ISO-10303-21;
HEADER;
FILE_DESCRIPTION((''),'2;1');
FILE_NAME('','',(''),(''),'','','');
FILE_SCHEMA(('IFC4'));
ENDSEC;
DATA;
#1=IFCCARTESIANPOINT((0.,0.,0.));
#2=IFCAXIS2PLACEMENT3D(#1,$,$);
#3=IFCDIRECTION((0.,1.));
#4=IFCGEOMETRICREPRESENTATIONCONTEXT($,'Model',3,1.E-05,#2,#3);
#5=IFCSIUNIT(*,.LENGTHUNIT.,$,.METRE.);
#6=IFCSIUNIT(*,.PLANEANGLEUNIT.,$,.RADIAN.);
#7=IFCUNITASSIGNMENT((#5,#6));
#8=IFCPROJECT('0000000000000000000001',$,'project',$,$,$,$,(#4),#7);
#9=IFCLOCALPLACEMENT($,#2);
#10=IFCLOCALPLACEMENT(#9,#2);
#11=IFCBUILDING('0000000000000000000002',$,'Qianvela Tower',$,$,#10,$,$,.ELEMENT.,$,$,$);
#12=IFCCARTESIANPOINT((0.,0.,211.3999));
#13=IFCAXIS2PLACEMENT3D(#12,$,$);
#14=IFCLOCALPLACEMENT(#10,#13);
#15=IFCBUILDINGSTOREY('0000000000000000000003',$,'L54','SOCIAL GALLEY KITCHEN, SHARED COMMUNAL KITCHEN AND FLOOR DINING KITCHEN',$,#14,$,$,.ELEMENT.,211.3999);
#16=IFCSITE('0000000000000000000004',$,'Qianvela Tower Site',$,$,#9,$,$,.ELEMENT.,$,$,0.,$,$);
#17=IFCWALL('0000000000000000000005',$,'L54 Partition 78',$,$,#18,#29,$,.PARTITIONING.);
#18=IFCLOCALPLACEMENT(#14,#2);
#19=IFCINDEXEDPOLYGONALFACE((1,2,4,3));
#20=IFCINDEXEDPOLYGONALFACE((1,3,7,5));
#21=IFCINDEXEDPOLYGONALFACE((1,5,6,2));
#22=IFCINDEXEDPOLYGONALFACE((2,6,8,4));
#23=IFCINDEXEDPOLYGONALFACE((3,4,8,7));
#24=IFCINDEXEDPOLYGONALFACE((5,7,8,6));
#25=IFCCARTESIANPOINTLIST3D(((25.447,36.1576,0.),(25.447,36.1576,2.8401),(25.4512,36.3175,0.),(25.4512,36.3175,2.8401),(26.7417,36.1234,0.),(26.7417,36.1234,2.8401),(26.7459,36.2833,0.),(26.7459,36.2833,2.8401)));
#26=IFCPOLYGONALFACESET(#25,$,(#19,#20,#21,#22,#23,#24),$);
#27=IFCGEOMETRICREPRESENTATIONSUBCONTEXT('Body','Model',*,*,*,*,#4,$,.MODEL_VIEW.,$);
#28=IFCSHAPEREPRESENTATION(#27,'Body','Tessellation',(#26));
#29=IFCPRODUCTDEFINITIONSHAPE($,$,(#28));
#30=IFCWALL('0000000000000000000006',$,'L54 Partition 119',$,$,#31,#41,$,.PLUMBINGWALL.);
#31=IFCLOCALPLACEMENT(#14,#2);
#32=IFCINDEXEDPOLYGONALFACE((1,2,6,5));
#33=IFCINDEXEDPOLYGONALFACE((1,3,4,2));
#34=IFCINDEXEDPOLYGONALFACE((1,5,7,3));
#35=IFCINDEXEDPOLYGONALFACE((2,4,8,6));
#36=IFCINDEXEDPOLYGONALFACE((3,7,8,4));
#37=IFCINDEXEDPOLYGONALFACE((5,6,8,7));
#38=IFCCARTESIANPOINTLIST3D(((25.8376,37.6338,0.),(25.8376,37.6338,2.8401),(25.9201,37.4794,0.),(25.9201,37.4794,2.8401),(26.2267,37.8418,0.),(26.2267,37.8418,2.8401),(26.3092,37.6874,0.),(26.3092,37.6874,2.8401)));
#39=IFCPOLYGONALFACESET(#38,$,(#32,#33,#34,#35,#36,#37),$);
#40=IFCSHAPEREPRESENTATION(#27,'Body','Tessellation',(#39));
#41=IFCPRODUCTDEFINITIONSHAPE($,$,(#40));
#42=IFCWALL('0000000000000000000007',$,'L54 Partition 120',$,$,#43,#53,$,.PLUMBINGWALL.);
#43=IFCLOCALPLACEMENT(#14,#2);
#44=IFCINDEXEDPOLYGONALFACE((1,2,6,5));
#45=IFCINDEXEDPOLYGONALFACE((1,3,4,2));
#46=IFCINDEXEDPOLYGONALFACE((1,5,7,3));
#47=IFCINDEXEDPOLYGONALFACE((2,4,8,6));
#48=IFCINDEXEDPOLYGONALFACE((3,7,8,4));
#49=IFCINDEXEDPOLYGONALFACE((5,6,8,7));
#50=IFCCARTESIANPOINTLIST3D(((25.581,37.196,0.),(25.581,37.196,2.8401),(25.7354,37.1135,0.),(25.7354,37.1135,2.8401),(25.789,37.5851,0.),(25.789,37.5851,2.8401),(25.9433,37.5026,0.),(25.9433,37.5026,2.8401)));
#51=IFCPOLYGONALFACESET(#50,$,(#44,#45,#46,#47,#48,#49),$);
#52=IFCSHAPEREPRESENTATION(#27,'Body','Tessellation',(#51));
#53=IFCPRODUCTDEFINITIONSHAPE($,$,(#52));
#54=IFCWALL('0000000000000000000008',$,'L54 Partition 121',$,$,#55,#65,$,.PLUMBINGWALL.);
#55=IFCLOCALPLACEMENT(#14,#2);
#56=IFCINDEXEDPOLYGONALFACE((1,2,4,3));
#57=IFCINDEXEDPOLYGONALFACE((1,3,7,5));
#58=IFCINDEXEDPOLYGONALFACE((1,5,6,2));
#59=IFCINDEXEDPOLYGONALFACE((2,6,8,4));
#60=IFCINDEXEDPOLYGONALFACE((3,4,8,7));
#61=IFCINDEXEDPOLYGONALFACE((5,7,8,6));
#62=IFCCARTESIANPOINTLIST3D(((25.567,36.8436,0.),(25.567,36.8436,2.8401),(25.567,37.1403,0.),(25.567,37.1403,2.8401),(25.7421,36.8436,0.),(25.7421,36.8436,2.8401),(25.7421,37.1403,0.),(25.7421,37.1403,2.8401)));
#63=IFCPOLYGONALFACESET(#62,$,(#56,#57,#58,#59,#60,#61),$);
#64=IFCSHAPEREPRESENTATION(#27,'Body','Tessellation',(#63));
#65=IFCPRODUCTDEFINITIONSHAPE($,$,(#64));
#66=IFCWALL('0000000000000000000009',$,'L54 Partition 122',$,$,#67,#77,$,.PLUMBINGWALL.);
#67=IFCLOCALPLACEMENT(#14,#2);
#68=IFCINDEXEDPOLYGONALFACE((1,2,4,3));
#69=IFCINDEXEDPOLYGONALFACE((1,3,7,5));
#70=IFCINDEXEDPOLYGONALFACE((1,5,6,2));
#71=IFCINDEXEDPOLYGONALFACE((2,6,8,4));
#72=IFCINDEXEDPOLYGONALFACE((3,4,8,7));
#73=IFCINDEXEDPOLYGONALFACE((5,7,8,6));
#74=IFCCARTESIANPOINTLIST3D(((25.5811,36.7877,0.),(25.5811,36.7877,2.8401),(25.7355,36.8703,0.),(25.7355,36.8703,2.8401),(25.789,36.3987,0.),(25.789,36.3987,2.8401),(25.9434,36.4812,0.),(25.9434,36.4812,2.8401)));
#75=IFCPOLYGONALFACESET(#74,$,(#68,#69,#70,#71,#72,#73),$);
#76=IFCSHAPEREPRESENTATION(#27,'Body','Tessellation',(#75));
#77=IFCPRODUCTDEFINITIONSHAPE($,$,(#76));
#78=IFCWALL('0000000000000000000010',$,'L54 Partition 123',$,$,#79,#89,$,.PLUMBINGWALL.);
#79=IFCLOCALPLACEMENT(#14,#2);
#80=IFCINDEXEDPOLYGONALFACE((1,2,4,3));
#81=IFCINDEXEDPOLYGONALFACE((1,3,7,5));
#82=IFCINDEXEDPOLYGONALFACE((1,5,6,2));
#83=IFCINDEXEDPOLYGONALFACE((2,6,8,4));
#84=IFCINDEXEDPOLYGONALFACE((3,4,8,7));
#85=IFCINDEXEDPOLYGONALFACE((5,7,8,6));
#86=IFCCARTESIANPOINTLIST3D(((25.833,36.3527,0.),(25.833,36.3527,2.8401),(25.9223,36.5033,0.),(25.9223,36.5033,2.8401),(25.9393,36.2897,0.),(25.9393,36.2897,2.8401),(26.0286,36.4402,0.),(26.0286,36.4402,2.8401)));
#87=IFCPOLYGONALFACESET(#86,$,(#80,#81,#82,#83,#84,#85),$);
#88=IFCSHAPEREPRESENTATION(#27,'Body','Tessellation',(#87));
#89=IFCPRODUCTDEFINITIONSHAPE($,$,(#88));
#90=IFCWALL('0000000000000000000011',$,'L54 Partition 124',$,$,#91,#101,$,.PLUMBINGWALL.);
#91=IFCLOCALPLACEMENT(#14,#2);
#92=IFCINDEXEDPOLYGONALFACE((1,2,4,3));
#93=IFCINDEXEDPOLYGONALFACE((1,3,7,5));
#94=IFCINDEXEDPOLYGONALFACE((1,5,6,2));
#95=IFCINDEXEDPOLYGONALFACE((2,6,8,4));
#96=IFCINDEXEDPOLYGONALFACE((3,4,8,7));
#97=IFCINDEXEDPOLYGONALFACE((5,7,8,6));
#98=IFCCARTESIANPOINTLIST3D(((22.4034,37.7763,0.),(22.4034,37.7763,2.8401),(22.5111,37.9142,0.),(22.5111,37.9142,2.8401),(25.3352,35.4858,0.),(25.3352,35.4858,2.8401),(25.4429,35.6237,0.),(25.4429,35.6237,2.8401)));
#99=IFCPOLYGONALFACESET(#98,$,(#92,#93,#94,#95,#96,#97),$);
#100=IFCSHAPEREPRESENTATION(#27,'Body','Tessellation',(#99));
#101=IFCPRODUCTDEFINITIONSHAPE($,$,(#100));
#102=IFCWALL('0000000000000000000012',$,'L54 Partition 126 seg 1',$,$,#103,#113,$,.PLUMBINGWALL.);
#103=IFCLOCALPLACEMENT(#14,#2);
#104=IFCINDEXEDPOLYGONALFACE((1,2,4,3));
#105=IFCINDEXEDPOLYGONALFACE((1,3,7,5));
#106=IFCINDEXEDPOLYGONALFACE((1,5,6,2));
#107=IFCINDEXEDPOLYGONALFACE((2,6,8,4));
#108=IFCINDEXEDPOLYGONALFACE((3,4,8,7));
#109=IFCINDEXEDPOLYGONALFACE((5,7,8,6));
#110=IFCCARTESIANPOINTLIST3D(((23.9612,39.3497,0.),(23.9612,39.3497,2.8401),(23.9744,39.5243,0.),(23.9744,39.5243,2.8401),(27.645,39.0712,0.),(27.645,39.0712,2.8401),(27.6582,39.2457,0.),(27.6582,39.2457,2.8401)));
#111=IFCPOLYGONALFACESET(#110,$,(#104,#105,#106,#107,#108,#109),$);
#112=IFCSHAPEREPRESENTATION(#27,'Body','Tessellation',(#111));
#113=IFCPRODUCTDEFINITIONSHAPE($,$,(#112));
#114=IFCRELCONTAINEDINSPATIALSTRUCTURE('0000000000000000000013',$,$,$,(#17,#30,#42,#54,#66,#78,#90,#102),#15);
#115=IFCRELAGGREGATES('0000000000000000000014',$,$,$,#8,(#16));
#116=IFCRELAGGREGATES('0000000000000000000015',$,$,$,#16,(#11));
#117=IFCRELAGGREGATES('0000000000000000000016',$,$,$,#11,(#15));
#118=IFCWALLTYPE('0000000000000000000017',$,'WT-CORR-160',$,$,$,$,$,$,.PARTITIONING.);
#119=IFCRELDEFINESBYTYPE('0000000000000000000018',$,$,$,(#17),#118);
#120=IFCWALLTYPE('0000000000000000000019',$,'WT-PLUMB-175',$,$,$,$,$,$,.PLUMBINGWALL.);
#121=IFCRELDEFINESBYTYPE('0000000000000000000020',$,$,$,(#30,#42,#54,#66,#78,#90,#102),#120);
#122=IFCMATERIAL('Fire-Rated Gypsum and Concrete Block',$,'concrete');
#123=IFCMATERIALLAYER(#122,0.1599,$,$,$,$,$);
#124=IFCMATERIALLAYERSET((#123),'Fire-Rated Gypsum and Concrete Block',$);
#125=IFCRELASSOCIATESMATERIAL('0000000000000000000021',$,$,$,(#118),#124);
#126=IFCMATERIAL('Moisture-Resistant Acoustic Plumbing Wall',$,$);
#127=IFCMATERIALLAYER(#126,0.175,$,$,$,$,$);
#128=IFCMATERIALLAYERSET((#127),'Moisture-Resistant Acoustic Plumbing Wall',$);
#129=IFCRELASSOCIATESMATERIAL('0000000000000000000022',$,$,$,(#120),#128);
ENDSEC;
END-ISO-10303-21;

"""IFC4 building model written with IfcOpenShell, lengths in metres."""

from ifc_helpers import new_model, si_unit, direction, frame, frame_2d, origin, place, context, subcontext, project, spatial, rectangle, extrude, material, layer, layer_set, type_object, element, save


model = new_model("IFC4")

# Units and contexts
model_context = context("Model", 3, precision=1e-05, world=origin(), true_north=direction((0.0, 1.0)))
body_context = subcontext(model_context, "Body", "Model", "MODEL_VIEW")
ifc_project = project(units=[si_unit("LENGTHUNIT", "METRE"), si_unit("PLANEANGLEUNIT", "RADIAN")], contexts=[model_context])

# Site, building, storey
site_placement = place(None, origin())
site = spatial("IfcSite", under=ifc_project, at=site_placement, Name="Qianvela Tower Site", CompositionType="ELEMENT", RefElevation=0.0)
building_placement = place(site_placement, origin())
building = spatial("IfcBuilding", under=site, at=building_placement, Name="Qianvela Tower", CompositionType="ELEMENT")
storey_placement = place(building_placement, frame((0.0, 0.0, 211.3999)))
storey = spatial("IfcBuildingStorey", under=building, at=storey_placement, Name="L54", Description="SOCIAL GALLEY KITCHEN, SHARED COMMUNAL KITCHEN AND FLOOR DINING KITCHEN", CompositionType="ELEMENT", Elevation=211.3999)

# Walls
ifc_material_1 = material(Name="Fire-Rated Gypsum and Concrete Block", Category="concrete")
ifc_layer_1 = layer(ifc_material_1, 0.1599)
ifc_layer_set_1 = layer_set([ifc_layer_1], Name="Fire-Rated Gypsum and Concrete Block")
wall_type_1 = type_object("IfcWallType", Name="WT-CORR-160", PredefinedType="PARTITIONING", material=ifc_layer_set_1)
wall_1_placement = place(storey_placement, frame((25.4492, 36.2375, 0.0), z_axis=(0.0, 0.0, 1.0), x_axis=(0.999652, -0.026391, 0.0)))
element("IfcWall", 1, at=wall_1_placement, inside=storey, type_object=wall_type_1, Name="L54 Partition 78", PredefinedType="PARTITIONING", context=body_context, shape_type="SweptSolid", body=[
    extrude(rectangle(XDim=1.2952, YDim=0.1599, at=frame_2d((0.6475, 0.0))), origin(), (0.0, 0.0, 1.0), 2.8401),
])
ifc_material_2 = material(Name="Moisture-Resistant Acoustic Plumbing Wall")
ifc_layer_2 = layer(ifc_material_2, 0.175)
ifc_layer_set_2 = layer_set([ifc_layer_2], Name="Moisture-Resistant Acoustic Plumbing Wall")
wall_type_2 = type_object("IfcWallType", Name="WT-PLUMB-175", PredefinedType="PLUMBINGWALL", material=ifc_layer_set_2)
for number, where, z_axis, x_axis, name in (
    (2, (26.2681, 37.7646, 0.0), (0.0, 0.0, 1.0), (-0.881924, -0.471392, 0.0), "L54 Partition 119"),
    (3, (25.8662, 37.5439, 0.0), (0.0, 0.0, 1.0), (-0.471392, -0.881924, 0.0), "L54 Partition 120"),
):
    element("IfcWall", number, at=place(storey_placement, frame(where, z_axis=z_axis, x_axis=x_axis)), inside=storey, type_object=wall_type_2, Name=name, PredefinedType="PLUMBINGWALL", context=body_context, shape_type="SweptSolid", body=[
        extrude(rectangle(XDim=0.4412, YDim=0.175, at=frame_2d((0.2207, 0.0))), origin(), (0.0, 0.0, 1.0), 2.8401),
    ])
wall_2_placement = place(storey_placement, frame((25.6545, 37.1404, 0.0), z_axis=(0.0, 0.0, 1.0), x_axis=(0.0, -1.0, 0.0)))
element("IfcWall", 4, at=wall_2_placement, inside=storey, type_object=wall_type_2, Name="L54 Partition 121", PredefinedType="PLUMBINGWALL", context=body_context, shape_type="SweptSolid", body=[
    extrude(rectangle(XDim=0.2966, YDim=0.175, at=frame_2d((0.1484, 0.0))), origin(), (0.0, 0.0, 1.0), 2.8401),
])
wall_3_placement = place(storey_placement, frame((25.6582, 36.8291, 0.0), z_axis=(0.0, 0.0, 1.0), x_axis=(0.471392, -0.881924, 0.0)))
element("IfcWall", 5, at=wall_3_placement, inside=storey, type_object=wall_type_2, Name="L54 Partition 122", PredefinedType="PLUMBINGWALL", context=body_context, shape_type="SweptSolid", body=[
    extrude(rectangle(XDim=0.4412, YDim=0.175, at=frame_2d((0.2207, 0.0))), origin(), (0.0, 0.0, 1.0), 2.8401),
])
wall_4_placement = place(storey_placement, frame((25.8777, 36.428, 0.0), z_axis=(0.0, 0.0, 1.0), x_axis=(0.860099, -0.510128, 0.0)))
element("IfcWall", 6, at=wall_4_placement, inside=storey, type_object=wall_type_2, Name="L54 Partition 123", PredefinedType="PLUMBINGWALL", context=body_context, shape_type="SweptSolid", body=[
    extrude(rectangle(XDim=0.1235, YDim=0.175, at=frame_2d((0.0618, 0.0))), origin(), (0.0, 0.0, 1.0), 2.8401),
])
wall_5_placement = place(storey_placement, frame((25.3892, 35.5547, 0.0), z_axis=(0.0, 0.0, 1.0), x_axis=(-0.788025, 0.615643, 0.0)))
element("IfcWall", 7, at=wall_5_placement, inside=storey, type_object=wall_type_2, Name="L54 Partition 124", PredefinedType="PLUMBINGWALL", context=body_context, shape_type="SweptSolid", body=[
    extrude(rectangle(XDim=3.7205, YDim=0.175, at=frame_2d((1.8604, 0.0))), origin(), (0.0, 0.0, 1.0), 2.8401),
])
wall_6_placement = place(storey_placement, frame((23.9678, 39.437, 0.0), z_axis=(0.0, 0.0, 1.0), x_axis=(0.997153, -0.075403, 0.0)))
element("IfcWall", 8, at=wall_6_placement, inside=storey, type_object=wall_type_2, Name="L54 Partition 126 seg 1", PredefinedType="PLUMBINGWALL", context=body_context, shape_type="SweptSolid", body=[
    extrude(rectangle(XDim=3.6943, YDim=0.175, at=frame_2d((1.8472, 0.0))), origin(), (0.0, 0.0, 1.0), 2.8401),
])

save(model, "model.ifc")
